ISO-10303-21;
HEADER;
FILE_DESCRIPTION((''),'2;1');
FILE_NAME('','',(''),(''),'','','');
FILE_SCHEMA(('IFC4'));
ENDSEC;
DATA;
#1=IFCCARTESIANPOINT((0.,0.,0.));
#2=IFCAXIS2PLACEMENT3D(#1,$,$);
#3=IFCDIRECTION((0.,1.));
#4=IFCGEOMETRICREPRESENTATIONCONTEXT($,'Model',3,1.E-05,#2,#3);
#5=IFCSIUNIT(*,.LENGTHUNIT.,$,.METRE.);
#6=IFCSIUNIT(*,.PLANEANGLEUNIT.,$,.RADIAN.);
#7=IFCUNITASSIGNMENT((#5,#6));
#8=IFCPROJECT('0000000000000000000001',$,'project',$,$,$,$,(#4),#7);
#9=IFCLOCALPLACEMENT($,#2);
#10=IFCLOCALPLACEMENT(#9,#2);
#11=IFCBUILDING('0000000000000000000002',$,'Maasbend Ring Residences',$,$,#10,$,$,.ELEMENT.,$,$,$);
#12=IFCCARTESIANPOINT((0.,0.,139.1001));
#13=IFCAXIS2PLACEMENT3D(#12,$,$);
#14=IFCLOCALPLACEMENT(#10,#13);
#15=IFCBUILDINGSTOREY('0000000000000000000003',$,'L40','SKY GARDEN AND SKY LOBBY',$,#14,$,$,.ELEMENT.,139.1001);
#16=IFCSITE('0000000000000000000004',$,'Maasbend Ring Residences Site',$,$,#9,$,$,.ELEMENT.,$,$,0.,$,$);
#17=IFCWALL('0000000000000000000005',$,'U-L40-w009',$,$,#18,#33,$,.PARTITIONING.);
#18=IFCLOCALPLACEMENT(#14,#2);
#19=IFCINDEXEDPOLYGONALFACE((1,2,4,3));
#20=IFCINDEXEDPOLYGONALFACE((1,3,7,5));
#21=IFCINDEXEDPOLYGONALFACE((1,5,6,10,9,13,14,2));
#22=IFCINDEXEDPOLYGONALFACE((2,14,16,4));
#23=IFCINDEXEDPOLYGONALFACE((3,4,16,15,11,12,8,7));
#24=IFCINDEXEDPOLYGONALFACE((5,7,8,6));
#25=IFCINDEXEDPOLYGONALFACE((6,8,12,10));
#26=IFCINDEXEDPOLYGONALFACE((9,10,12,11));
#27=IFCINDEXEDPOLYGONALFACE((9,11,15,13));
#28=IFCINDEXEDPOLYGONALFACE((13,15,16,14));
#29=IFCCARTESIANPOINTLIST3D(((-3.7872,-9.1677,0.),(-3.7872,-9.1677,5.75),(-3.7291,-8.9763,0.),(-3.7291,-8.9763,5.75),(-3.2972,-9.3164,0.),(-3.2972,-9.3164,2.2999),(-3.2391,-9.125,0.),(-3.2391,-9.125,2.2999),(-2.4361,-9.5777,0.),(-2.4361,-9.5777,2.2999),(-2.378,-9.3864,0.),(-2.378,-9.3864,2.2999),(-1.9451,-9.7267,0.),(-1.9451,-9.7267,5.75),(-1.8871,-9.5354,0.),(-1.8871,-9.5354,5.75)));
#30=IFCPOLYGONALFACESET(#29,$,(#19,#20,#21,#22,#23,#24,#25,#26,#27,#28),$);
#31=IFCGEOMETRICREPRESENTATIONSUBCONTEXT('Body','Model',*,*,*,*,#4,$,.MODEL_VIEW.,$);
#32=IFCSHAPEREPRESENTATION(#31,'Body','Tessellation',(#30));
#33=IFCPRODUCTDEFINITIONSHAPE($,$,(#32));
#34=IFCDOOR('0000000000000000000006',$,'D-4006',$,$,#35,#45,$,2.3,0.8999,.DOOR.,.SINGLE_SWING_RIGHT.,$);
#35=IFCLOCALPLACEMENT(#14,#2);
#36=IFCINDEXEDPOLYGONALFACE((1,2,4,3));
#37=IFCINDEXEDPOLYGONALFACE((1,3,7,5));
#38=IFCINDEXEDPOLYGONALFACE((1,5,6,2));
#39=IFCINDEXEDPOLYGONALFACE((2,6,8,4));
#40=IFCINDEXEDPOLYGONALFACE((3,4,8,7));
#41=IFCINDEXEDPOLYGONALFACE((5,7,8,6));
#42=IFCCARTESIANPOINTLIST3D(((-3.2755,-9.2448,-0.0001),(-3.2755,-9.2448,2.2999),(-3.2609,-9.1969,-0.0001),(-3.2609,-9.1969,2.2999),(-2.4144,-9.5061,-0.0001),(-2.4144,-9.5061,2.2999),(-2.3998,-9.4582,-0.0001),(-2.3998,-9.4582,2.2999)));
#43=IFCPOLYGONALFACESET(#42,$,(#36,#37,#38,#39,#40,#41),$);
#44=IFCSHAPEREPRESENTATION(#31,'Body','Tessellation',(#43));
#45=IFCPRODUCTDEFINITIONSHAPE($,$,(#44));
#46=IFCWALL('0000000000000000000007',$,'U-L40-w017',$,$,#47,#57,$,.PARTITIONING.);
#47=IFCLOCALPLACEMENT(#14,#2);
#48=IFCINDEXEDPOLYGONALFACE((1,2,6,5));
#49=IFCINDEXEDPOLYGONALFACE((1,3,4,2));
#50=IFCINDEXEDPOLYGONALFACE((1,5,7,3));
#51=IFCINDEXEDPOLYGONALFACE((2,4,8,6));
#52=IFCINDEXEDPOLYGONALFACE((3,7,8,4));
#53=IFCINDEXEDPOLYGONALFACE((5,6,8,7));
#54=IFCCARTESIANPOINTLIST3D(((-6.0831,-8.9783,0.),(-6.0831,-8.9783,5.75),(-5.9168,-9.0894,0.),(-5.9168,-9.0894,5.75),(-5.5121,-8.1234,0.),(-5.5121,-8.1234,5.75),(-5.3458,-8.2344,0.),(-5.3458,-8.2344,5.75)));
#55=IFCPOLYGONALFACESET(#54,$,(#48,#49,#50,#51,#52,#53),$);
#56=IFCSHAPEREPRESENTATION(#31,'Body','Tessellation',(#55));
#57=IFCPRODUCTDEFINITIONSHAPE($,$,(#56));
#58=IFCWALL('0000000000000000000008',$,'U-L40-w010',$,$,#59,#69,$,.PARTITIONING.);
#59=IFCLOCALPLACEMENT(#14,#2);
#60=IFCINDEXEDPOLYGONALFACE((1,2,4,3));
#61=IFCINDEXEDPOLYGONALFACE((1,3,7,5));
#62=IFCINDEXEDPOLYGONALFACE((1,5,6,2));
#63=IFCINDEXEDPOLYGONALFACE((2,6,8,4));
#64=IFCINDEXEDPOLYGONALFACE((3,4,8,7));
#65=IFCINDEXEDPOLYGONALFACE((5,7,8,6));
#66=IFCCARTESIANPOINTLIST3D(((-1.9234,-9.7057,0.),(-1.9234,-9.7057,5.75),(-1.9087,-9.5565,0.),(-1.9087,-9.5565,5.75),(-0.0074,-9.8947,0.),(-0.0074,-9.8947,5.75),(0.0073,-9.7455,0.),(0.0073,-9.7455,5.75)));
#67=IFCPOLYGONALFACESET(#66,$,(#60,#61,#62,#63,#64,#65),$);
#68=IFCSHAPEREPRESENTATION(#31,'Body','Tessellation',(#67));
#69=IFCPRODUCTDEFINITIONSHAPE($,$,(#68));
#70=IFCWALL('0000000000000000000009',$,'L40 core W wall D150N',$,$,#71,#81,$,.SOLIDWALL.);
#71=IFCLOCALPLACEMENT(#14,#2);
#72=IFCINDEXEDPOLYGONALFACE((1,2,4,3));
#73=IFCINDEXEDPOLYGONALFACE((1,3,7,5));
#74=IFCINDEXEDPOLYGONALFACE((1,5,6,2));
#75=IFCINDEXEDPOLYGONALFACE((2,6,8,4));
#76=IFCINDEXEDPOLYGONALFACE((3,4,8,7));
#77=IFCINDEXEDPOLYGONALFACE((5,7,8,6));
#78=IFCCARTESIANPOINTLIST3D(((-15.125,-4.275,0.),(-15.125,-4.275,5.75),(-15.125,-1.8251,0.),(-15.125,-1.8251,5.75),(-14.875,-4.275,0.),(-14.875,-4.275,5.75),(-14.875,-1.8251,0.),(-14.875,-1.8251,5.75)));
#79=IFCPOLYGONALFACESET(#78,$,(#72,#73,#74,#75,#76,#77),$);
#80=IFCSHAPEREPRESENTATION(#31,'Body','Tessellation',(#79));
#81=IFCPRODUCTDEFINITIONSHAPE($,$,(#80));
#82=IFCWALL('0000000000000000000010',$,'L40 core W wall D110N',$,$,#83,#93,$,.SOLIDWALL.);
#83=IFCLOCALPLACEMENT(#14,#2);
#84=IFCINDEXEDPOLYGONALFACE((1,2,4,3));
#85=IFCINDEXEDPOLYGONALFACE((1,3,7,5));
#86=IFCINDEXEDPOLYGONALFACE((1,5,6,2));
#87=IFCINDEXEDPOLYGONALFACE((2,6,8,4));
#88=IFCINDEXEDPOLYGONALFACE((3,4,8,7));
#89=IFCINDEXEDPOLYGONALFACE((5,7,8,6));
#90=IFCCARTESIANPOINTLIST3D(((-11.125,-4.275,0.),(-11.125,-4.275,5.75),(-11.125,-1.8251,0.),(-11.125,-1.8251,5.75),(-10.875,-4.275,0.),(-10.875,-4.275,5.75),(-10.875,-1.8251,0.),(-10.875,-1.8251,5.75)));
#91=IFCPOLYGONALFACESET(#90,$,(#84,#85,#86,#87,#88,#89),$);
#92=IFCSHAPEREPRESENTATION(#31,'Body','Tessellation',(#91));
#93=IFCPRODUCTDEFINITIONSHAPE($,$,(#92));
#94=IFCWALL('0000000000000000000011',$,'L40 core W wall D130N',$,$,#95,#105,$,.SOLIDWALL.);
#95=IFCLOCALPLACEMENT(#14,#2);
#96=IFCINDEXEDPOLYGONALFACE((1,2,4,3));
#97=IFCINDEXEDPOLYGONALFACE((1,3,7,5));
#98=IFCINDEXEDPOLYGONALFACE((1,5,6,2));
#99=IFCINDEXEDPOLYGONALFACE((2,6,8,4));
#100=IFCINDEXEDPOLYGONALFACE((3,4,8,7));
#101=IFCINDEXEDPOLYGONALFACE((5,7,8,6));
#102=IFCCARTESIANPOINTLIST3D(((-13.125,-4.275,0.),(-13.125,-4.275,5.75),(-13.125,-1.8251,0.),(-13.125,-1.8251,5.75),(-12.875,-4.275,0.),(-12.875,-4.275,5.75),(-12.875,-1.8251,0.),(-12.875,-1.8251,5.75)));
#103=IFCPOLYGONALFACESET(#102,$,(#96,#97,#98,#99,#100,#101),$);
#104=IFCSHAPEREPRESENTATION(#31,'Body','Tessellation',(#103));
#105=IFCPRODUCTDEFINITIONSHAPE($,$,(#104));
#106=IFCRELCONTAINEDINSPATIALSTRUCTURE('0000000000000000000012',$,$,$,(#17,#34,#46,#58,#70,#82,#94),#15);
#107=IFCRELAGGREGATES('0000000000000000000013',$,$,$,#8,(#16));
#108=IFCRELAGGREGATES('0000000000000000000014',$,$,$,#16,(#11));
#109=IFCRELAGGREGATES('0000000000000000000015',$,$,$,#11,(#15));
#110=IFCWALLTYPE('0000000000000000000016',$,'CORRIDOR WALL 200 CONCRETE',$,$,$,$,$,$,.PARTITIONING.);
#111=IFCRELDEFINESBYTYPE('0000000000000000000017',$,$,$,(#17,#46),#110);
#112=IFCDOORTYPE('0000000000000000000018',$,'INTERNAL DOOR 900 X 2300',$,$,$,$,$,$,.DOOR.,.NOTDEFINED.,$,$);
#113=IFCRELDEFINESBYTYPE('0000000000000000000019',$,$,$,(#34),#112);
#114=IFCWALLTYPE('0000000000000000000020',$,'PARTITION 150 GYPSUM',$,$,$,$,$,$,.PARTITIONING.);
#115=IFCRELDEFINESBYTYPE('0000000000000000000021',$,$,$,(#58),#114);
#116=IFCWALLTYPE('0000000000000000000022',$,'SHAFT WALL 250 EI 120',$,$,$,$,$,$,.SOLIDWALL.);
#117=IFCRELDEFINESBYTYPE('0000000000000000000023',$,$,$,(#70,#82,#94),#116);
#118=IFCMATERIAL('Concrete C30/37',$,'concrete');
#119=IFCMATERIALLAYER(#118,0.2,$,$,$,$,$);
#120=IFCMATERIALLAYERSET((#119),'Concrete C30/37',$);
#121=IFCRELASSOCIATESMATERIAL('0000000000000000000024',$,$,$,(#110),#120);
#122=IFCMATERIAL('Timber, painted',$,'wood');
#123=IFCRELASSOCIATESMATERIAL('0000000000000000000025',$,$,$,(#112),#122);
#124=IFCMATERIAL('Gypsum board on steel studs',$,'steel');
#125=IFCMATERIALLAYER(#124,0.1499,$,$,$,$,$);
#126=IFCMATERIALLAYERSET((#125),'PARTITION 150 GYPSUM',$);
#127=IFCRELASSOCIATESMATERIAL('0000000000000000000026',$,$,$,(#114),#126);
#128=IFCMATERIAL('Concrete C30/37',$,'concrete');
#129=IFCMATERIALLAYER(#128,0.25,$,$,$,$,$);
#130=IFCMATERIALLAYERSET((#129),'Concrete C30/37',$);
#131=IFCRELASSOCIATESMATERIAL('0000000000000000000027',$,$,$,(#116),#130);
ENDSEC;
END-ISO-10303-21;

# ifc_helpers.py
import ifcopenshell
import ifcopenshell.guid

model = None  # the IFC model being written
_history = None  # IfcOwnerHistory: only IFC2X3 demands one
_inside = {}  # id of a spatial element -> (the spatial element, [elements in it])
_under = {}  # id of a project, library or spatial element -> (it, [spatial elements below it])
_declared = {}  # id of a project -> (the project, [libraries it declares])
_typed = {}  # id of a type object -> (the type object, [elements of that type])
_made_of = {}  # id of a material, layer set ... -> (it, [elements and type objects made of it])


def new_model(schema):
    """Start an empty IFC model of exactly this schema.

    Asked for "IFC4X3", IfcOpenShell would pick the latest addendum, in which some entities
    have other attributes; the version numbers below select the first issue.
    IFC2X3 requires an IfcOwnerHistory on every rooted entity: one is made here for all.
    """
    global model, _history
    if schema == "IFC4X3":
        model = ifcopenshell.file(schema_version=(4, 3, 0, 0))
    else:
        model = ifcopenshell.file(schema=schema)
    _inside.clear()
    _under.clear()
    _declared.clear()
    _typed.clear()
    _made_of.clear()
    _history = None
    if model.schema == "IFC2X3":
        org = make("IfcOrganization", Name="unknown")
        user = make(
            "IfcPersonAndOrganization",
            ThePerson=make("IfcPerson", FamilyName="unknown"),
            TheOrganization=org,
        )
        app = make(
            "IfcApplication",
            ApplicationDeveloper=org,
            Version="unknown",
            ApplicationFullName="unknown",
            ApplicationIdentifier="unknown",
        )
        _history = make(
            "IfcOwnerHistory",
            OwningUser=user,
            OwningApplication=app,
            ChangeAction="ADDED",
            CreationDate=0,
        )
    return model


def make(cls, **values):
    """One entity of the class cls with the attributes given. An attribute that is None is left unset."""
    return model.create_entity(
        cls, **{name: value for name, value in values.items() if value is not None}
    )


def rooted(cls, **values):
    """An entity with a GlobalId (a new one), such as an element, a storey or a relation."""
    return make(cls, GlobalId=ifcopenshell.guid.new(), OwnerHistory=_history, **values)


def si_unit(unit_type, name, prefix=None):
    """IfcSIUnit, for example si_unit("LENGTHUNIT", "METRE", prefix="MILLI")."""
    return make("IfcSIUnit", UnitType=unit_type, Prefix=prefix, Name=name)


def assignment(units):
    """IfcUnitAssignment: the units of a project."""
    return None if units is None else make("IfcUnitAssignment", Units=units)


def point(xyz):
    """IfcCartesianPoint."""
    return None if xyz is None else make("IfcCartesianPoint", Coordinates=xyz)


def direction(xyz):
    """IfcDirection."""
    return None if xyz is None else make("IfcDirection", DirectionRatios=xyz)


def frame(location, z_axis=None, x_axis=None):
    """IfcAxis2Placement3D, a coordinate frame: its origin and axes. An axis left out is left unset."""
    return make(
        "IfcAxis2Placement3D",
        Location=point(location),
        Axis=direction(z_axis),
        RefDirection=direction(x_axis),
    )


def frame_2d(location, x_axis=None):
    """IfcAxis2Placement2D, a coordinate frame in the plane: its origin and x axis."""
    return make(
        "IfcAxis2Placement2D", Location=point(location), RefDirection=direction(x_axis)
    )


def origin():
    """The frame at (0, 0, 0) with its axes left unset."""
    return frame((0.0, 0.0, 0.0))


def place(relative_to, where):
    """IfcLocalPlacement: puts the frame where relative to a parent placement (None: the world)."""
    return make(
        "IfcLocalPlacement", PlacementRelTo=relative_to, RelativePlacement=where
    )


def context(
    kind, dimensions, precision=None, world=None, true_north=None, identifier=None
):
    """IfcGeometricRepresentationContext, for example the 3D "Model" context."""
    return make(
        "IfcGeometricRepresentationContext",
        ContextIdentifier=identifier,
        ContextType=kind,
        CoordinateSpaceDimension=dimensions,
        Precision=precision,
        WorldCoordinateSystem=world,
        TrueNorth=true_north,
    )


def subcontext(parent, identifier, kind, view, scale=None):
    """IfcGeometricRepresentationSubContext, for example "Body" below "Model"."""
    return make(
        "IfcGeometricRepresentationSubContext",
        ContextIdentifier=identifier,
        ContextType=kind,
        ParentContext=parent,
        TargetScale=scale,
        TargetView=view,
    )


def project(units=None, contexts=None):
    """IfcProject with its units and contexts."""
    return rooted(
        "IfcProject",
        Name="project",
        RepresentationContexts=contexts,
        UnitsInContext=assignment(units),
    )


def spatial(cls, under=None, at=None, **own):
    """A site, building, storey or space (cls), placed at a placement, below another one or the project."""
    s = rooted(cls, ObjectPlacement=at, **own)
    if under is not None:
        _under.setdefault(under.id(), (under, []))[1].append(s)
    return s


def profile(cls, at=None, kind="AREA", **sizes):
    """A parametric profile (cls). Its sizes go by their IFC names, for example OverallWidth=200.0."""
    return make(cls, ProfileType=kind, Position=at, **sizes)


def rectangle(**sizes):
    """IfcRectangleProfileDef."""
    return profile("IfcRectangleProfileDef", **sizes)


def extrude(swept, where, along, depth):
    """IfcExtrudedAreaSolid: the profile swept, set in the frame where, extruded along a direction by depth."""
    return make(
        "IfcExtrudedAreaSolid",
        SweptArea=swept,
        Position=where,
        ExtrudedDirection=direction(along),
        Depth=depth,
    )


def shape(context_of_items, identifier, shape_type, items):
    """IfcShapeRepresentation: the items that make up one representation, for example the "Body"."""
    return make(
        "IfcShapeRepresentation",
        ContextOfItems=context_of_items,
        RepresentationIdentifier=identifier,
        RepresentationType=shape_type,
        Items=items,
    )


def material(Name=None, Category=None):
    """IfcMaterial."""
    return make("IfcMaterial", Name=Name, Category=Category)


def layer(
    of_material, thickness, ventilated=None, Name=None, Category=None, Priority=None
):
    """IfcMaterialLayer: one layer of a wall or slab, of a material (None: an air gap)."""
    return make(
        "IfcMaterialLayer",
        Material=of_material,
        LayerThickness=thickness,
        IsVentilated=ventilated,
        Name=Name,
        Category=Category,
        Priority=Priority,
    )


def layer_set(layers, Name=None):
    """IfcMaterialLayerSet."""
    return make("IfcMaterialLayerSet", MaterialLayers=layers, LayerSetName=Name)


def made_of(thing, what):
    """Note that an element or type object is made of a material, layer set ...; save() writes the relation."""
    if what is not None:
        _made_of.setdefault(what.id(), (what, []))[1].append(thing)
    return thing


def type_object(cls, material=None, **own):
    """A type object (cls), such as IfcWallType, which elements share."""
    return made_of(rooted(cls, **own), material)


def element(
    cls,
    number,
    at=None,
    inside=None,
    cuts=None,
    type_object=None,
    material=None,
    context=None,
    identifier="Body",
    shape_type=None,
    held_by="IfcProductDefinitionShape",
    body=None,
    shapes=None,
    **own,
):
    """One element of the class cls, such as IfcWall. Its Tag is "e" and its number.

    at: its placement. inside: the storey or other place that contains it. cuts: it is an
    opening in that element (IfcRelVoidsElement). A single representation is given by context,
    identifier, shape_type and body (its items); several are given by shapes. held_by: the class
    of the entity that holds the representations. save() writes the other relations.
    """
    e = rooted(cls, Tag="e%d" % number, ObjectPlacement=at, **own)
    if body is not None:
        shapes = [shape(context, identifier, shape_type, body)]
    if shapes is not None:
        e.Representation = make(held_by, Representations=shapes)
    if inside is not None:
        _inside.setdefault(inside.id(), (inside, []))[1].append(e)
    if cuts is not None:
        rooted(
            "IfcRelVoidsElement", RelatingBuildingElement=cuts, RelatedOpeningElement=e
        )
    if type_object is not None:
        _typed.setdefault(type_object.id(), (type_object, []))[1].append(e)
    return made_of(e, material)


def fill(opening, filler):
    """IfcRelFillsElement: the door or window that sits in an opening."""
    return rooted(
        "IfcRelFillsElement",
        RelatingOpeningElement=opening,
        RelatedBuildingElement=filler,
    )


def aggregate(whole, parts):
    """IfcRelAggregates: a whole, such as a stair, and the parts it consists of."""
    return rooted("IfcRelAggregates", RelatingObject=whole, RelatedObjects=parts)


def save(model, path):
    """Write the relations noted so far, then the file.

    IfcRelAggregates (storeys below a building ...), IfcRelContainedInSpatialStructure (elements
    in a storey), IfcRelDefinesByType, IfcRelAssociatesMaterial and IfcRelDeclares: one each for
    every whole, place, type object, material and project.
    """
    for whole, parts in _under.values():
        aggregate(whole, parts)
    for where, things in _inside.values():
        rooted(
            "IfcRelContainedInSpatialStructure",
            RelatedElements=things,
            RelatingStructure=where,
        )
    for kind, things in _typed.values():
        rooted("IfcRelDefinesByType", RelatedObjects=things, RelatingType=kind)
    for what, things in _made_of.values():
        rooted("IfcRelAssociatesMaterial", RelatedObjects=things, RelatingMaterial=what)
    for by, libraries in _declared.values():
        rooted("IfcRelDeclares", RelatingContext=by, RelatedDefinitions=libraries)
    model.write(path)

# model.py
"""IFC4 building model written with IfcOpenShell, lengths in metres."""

from ifc_helpers import new_model, si_unit, direction, frame, frame_2d, origin, place, context, subcontext, project, spatial, rectangle, extrude, material, layer, layer_set, type_object, element, fill, save


model = new_model("IFC4")

# Units and contexts
model_context = context("Model", 3, precision=1e-05, world=origin(), true_north=direction((0.0, 1.0)))
body_context = subcontext(model_context, "Body", "Model", "MODEL_VIEW")
ifc_project = project(units=[si_unit("LENGTHUNIT", "METRE"), si_unit("PLANEANGLEUNIT", "RADIAN")], contexts=[model_context])

# Site, building, storey
site_placement = place(None, origin())
site = spatial("IfcSite", under=ifc_project, at=site_placement, Name="Maasbend Ring Residences Site", CompositionType="ELEMENT", RefElevation=0.0)
building_placement = place(site_placement, origin())
building = spatial("IfcBuilding", under=site, at=building_placement, Name="Maasbend Ring Residences", CompositionType="ELEMENT")
storey_placement = place(building_placement, frame((0.0, 0.0, 139.1001)))
storey = spatial("IfcBuildingStorey", under=building, at=storey_placement, Name="L40", Description="SKY GARDEN AND SKY LOBBY", CompositionType="ELEMENT", Elevation=139.1001)

# Shared definitions
ifc_material_1 = material(Name="Concrete C30/37", Category="concrete")
ifc_layer_1 = layer(ifc_material_1, 0.2)
ifc_layer_set_1 = layer_set([ifc_layer_1], Name="Concrete C30/37")
wall_type_1 = type_object("IfcWallType", Name="CORRIDOR WALL 200 CONCRETE", PredefinedType="PARTITIONING", material=ifc_layer_set_1)

# Wall, opening, door
wall_1_placement = place(storey_placement, frame((-3.7581, -9.072, 0.0), z_axis=(0.0, 0.0, 1.0), x_axis=(0.956896, -0.29043, 0.0)))
wall_1 = element("IfcWall", 1, at=wall_1_placement, inside=storey, type_object=wall_type_1, Name="U-L40-w009", PredefinedType="PARTITIONING", context=body_context, shape_type="SweptSolid", body=[
    extrude(rectangle(XDim=1.925, YDim=0.2, at=frame_2d((0.9624, 0.0))), origin(), (0.0, 0.0, 1.0), 5.75),
])
opening_1_placement = place(wall_1_placement, frame((0.512, 0.0, 0.0)))
opening_1 = element("IfcOpeningElement", 2, at=opening_1_placement, cuts=wall_1, PredefinedType="OPENING", context=body_context, shape_type="SweptSolid", body=[
    extrude(rectangle(XDim=0.8999, YDim=2.3, at=frame_2d((0.45, 1.1499))), frame((0.0, 0.1099, 0.0), z_axis=(0.0, -1.0, 0.0), x_axis=(1.0, 0.0, 0.0)), (0.0, 0.0, 1.0), 0.22),
])
ifc_material_2 = material(Name="Timber, painted", Category="wood")
door_type_1 = type_object("IfcDoorType", Name="INTERNAL DOOR 900 X 2300", OperationType="NOTDEFINED", PredefinedType="DOOR", material=ifc_material_2)
door_1_placement = place(opening_1_placement, origin())
door_1 = element("IfcDoor", 3, at=door_1_placement, inside=storey, type_object=door_type_1, Name="D-4006", OperationType="SINGLE_SWING_RIGHT", OverallHeight=2.3, OverallWidth=0.8999, PredefinedType="DOOR", context=body_context, shape_type="SweptSolid", body=[
    extrude(rectangle(XDim=0.8999, YDim=2.3, at=frame_2d((0.45, 1.1499))), frame((0.0, 0.0249, 0.0), z_axis=(0.0, -1.0, 0.0), x_axis=(1.0, 0.0, 0.0)), (0.0, 0.0, 1.0), 0.05),
])
fill(opening_1, door_1)

# Walls
wall_2_placement = place(storey_placement, frame((-6.0, -9.0339, 0.0), z_axis=(0.0, 0.0, 1.0), x_axis=(0.555412, 0.831575, 0.0)))
element("IfcWall", 4, at=wall_2_placement, inside=storey, type_object=wall_type_1, Name="U-L40-w017", PredefinedType="PARTITIONING", context=body_context, shape_type="SweptSolid", body=[
    extrude(rectangle(XDim=1.0281, YDim=0.2, at=frame_2d((0.5142, 0.0))), origin(), (0.0, 0.0, 1.0), 5.75),
])
ifc_material_3 = material(Name="Gypsum board on steel studs", Category="steel")
ifc_layer_2 = layer(ifc_material_3, 0.1499)
ifc_layer_set_2 = layer_set([ifc_layer_2], Name="PARTITION 150 GYPSUM")
wall_type_2 = type_object("IfcWallType", Name="PARTITION 150 GYPSUM", PredefinedType="PARTITIONING", material=ifc_layer_set_2)
wall_3_placement = place(storey_placement, frame((-1.916, -9.6311, 0.0), z_axis=(0.0, 0.0, 1.0), x_axis=(0.995172, -0.098148, 0.0)))
element("IfcWall", 5, at=wall_3_placement, inside=storey, type_object=wall_type_2, Name="U-L40-w010", PredefinedType="PARTITIONING", context=body_context, shape_type="SweptSolid", body=[
    extrude(rectangle(XDim=1.9253, YDim=0.1499, at=frame_2d((0.9626, 0.0))), origin(), (0.0, 0.0, 1.0), 5.75),
])
ifc_material_4 = material(Name="Concrete C30/37", Category="concrete")
ifc_layer_3 = layer(ifc_material_4, 0.25)
ifc_layer_set_3 = layer_set([ifc_layer_3], Name="Concrete C30/37")
wall_type_3 = type_object("IfcWallType", Name="SHAFT WALL 250 EI 120", PredefinedType="SOLIDWALL", material=ifc_layer_set_3)
for number, where, z_axis, x_axis, name in (
    (6, (-15.0, -1.825, 0.0), (0.0, 0.0, 1.0), (0.0, -1.0, 0.0), "L40 core W wall D150N"),
    (7, (-11.0, -1.825, 0.0), (0.0, 0.0, 1.0), (0.0, -1.0, 0.0), "L40 core W wall D110N"),
    (8, (-13.0, -1.825, 0.0), (0.0, 0.0, 1.0), (0.0, -1.0, 0.0), "L40 core W wall D130N"),
):
    element("IfcWall", number, at=place(storey_placement, frame(where, z_axis=z_axis, x_axis=x_axis)), inside=storey, type_object=wall_type_3, Name=name, PredefinedType="SOLIDWALL", context=body_context, shape_type="SweptSolid", body=[
        extrude(rectangle(XDim=2.45, YDim=0.25, at=frame_2d((1.2251, 0.0))), origin(), (0.0, 0.0, 1.0), 5.75),
    ])

save(model, "model.ifc")
